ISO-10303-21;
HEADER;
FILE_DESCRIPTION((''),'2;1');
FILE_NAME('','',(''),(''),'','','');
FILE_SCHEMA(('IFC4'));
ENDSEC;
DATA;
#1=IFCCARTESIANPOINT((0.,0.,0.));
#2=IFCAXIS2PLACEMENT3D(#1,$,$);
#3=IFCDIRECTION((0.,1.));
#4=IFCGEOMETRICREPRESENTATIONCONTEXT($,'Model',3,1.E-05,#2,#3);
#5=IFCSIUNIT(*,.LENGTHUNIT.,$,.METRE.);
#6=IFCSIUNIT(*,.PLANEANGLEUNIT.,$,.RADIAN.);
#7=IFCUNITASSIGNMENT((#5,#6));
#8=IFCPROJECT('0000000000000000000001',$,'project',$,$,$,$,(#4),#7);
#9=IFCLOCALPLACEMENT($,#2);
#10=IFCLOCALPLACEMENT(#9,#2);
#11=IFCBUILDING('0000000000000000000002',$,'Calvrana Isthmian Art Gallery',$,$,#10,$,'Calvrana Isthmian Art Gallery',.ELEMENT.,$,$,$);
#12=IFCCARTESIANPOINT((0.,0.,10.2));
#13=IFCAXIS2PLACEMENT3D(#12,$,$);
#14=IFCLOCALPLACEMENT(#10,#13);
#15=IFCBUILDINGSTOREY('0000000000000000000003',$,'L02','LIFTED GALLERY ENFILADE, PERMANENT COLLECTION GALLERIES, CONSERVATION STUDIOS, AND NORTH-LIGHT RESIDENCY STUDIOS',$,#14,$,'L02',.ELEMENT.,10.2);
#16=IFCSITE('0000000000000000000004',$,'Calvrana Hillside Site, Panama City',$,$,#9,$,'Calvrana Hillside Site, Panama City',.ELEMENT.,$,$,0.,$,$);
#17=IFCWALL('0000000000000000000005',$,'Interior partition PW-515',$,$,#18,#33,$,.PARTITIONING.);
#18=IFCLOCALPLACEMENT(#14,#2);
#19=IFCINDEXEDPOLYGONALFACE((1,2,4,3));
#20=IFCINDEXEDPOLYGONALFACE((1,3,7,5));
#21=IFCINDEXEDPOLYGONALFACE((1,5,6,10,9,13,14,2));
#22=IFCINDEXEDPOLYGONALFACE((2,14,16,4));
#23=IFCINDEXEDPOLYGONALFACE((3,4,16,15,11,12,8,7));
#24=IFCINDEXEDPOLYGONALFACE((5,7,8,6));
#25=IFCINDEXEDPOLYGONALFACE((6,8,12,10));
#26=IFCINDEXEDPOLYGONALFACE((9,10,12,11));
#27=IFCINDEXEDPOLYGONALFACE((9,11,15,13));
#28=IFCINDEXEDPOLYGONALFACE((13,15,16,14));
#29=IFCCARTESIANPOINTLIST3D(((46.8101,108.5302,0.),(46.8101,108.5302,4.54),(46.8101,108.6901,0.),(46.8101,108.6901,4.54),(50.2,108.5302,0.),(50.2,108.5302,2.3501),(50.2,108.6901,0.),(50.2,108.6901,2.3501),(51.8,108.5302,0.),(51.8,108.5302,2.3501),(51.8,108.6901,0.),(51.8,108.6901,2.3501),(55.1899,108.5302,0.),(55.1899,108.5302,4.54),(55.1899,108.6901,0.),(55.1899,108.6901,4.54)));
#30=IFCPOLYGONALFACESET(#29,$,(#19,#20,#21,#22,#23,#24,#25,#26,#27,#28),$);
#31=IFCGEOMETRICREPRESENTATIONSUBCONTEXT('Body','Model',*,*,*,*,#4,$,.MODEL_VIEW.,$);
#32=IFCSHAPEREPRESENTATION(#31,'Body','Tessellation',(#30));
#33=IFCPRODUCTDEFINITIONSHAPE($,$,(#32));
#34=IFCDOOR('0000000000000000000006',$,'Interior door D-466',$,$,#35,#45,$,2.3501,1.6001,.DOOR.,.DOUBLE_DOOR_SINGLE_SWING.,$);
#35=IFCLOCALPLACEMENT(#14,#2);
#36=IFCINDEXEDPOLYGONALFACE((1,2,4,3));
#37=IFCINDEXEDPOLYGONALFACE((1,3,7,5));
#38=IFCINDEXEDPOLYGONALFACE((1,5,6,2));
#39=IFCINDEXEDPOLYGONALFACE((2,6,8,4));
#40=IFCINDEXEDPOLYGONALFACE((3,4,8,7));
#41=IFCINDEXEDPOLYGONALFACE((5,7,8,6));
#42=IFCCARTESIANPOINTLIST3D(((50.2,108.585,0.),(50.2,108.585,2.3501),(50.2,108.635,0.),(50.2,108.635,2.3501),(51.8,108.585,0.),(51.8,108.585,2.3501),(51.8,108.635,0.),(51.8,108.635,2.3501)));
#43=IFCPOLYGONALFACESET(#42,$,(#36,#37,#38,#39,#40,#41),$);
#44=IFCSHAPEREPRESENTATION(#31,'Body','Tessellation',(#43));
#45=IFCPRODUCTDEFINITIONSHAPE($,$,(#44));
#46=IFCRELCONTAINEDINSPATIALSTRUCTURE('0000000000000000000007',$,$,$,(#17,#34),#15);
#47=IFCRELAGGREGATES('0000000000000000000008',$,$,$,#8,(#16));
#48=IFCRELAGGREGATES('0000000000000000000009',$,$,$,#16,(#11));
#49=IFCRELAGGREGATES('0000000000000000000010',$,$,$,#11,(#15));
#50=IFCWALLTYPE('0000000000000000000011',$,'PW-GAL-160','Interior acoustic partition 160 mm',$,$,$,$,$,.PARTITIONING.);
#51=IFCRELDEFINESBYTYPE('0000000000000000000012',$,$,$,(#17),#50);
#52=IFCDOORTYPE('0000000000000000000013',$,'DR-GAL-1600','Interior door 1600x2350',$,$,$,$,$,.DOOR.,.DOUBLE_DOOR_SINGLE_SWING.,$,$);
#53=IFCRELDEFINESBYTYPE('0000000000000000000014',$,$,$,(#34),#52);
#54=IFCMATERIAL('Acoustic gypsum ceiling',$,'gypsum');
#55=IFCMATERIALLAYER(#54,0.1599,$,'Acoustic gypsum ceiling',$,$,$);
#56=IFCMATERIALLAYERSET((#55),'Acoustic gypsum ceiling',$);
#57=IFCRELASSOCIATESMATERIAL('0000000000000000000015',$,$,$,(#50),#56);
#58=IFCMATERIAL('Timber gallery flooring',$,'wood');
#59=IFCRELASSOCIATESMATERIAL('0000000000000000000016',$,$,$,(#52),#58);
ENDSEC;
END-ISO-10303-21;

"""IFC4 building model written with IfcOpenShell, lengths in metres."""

from ifc_helpers import new_model, si_unit, direction, frame, frame_2d, origin, place, context, subcontext, project, spatial, rectangle, extrude, material, layer, layer_set, type_object, element, fill, save


model = new_model("IFC4")

# Units and contexts
model_context = context("Model", 3, precision=1e-05, world=origin(), true_north=direction((0.0, 1.0)))
body_context = subcontext(model_context, "Body", "Model", "MODEL_VIEW")
ifc_project = project(units=[si_unit("LENGTHUNIT", "METRE"), si_unit("PLANEANGLEUNIT", "RADIAN")], contexts=[model_context])

# Site, building, storey
site_placement = place(None, origin())
site = spatial("IfcSite", under=ifc_project, at=site_placement, Name="Calvrana Hillside Site, Panama City", LongName="Calvrana Hillside Site, Panama City", CompositionType="ELEMENT", RefElevation=0.0)
building_placement = place(site_placement, origin())
building = spatial("IfcBuilding", under=site, at=building_placement, Name="Calvrana Isthmian Art Gallery", LongName="Calvrana Isthmian Art Gallery", CompositionType="ELEMENT")
storey_placement = place(building_placement, frame((0.0, 0.0, 10.2)))
storey = spatial("IfcBuildingStorey", under=building, at=storey_placement, Name="L02", Description="LIFTED GALLERY ENFILADE, PERMANENT COLLECTION GALLERIES, CONSERVATION STUDIOS, AND NORTH-LIGHT RESIDENCY STUDIOS", LongName="L02", CompositionType="ELEMENT", Elevation=10.2)

# Shared definitions
ifc_material_1 = material(Name="Acoustic gypsum ceiling", Category="gypsum")

# Wall, opening, door
ifc_layer_1 = layer(ifc_material_1, 0.1599, Name="Acoustic gypsum ceiling")
ifc_layer_set_1 = layer_set([ifc_layer_1], Name="Acoustic gypsum ceiling")
wall_type_1 = type_object("IfcWallType", Name="PW-GAL-160", Description="Interior acoustic partition 160 mm", PredefinedType="PARTITIONING", material=ifc_layer_set_1)
ifc_material_2 = material(Name="Timber gallery flooring", Category="wood")
wall_1_placement = place(storey_placement, frame((46.8101, 108.6101, 0.0), z_axis=(0.0, 0.0, 1.0), x_axis=(1.0, 0.0, 0.0)))
wall_1 = element("IfcWall", 1, at=wall_1_placement, inside=storey, type_object=wall_type_1, Name="Interior partition PW-515", PredefinedType="PARTITIONING", context=body_context, shape_type="SweptSolid", body=[
    extrude(rectangle(XDim=8.3799, YDim=0.1599, at=frame_2d((4.1899, 0.0))), origin(), (0.0, 0.0, 1.0), 4.54),
])
opening_1_placement = place(wall_1_placement, frame((3.3899, 0.0, 0.0)))
opening_1 = element("IfcOpeningElement", 2, at=opening_1_placement, cuts=wall_1, PredefinedType="OPENING", context=body_context, shape_type="SweptSolid", body=[
    extrude(rectangle(XDim=1.6001, YDim=2.3501, at=frame_2d((0.8, 1.175))), frame((0.0, 0.0903, 0.0), z_axis=(0.0, -1.0, 0.0), x_axis=(1.0, 0.0, 0.0)), (0.0, 0.0, 1.0), 0.1804),
])
door_type_1 = type_object("IfcDoorType", Name="DR-GAL-1600", Description="Interior door 1600x2350", OperationType="DOUBLE_DOOR_SINGLE_SWING", PredefinedType="DOOR", material=ifc_material_2)
door_1_placement = place(opening_1_placement, origin())
door_1 = element("IfcDoor", 3, at=door_1_placement, inside=storey, type_object=door_type_1, Name="Interior door D-466", OperationType="DOUBLE_DOOR_SINGLE_SWING", OverallHeight=2.3501, OverallWidth=1.6001, PredefinedType="DOOR", context=body_context, shape_type="SweptSolid", body=[
    extrude(rectangle(XDim=1.6001, YDim=2.3501, at=frame_2d((0.8, 1.175))), frame((0.0, 0.0249, 0.0), z_axis=(0.0, -1.0, 0.0), x_axis=(1.0, 0.0, 0.0)), (0.0, 0.0, 1.0), 0.05),
])
fill(opening_1, door_1)

save(model, "model.ifc")
